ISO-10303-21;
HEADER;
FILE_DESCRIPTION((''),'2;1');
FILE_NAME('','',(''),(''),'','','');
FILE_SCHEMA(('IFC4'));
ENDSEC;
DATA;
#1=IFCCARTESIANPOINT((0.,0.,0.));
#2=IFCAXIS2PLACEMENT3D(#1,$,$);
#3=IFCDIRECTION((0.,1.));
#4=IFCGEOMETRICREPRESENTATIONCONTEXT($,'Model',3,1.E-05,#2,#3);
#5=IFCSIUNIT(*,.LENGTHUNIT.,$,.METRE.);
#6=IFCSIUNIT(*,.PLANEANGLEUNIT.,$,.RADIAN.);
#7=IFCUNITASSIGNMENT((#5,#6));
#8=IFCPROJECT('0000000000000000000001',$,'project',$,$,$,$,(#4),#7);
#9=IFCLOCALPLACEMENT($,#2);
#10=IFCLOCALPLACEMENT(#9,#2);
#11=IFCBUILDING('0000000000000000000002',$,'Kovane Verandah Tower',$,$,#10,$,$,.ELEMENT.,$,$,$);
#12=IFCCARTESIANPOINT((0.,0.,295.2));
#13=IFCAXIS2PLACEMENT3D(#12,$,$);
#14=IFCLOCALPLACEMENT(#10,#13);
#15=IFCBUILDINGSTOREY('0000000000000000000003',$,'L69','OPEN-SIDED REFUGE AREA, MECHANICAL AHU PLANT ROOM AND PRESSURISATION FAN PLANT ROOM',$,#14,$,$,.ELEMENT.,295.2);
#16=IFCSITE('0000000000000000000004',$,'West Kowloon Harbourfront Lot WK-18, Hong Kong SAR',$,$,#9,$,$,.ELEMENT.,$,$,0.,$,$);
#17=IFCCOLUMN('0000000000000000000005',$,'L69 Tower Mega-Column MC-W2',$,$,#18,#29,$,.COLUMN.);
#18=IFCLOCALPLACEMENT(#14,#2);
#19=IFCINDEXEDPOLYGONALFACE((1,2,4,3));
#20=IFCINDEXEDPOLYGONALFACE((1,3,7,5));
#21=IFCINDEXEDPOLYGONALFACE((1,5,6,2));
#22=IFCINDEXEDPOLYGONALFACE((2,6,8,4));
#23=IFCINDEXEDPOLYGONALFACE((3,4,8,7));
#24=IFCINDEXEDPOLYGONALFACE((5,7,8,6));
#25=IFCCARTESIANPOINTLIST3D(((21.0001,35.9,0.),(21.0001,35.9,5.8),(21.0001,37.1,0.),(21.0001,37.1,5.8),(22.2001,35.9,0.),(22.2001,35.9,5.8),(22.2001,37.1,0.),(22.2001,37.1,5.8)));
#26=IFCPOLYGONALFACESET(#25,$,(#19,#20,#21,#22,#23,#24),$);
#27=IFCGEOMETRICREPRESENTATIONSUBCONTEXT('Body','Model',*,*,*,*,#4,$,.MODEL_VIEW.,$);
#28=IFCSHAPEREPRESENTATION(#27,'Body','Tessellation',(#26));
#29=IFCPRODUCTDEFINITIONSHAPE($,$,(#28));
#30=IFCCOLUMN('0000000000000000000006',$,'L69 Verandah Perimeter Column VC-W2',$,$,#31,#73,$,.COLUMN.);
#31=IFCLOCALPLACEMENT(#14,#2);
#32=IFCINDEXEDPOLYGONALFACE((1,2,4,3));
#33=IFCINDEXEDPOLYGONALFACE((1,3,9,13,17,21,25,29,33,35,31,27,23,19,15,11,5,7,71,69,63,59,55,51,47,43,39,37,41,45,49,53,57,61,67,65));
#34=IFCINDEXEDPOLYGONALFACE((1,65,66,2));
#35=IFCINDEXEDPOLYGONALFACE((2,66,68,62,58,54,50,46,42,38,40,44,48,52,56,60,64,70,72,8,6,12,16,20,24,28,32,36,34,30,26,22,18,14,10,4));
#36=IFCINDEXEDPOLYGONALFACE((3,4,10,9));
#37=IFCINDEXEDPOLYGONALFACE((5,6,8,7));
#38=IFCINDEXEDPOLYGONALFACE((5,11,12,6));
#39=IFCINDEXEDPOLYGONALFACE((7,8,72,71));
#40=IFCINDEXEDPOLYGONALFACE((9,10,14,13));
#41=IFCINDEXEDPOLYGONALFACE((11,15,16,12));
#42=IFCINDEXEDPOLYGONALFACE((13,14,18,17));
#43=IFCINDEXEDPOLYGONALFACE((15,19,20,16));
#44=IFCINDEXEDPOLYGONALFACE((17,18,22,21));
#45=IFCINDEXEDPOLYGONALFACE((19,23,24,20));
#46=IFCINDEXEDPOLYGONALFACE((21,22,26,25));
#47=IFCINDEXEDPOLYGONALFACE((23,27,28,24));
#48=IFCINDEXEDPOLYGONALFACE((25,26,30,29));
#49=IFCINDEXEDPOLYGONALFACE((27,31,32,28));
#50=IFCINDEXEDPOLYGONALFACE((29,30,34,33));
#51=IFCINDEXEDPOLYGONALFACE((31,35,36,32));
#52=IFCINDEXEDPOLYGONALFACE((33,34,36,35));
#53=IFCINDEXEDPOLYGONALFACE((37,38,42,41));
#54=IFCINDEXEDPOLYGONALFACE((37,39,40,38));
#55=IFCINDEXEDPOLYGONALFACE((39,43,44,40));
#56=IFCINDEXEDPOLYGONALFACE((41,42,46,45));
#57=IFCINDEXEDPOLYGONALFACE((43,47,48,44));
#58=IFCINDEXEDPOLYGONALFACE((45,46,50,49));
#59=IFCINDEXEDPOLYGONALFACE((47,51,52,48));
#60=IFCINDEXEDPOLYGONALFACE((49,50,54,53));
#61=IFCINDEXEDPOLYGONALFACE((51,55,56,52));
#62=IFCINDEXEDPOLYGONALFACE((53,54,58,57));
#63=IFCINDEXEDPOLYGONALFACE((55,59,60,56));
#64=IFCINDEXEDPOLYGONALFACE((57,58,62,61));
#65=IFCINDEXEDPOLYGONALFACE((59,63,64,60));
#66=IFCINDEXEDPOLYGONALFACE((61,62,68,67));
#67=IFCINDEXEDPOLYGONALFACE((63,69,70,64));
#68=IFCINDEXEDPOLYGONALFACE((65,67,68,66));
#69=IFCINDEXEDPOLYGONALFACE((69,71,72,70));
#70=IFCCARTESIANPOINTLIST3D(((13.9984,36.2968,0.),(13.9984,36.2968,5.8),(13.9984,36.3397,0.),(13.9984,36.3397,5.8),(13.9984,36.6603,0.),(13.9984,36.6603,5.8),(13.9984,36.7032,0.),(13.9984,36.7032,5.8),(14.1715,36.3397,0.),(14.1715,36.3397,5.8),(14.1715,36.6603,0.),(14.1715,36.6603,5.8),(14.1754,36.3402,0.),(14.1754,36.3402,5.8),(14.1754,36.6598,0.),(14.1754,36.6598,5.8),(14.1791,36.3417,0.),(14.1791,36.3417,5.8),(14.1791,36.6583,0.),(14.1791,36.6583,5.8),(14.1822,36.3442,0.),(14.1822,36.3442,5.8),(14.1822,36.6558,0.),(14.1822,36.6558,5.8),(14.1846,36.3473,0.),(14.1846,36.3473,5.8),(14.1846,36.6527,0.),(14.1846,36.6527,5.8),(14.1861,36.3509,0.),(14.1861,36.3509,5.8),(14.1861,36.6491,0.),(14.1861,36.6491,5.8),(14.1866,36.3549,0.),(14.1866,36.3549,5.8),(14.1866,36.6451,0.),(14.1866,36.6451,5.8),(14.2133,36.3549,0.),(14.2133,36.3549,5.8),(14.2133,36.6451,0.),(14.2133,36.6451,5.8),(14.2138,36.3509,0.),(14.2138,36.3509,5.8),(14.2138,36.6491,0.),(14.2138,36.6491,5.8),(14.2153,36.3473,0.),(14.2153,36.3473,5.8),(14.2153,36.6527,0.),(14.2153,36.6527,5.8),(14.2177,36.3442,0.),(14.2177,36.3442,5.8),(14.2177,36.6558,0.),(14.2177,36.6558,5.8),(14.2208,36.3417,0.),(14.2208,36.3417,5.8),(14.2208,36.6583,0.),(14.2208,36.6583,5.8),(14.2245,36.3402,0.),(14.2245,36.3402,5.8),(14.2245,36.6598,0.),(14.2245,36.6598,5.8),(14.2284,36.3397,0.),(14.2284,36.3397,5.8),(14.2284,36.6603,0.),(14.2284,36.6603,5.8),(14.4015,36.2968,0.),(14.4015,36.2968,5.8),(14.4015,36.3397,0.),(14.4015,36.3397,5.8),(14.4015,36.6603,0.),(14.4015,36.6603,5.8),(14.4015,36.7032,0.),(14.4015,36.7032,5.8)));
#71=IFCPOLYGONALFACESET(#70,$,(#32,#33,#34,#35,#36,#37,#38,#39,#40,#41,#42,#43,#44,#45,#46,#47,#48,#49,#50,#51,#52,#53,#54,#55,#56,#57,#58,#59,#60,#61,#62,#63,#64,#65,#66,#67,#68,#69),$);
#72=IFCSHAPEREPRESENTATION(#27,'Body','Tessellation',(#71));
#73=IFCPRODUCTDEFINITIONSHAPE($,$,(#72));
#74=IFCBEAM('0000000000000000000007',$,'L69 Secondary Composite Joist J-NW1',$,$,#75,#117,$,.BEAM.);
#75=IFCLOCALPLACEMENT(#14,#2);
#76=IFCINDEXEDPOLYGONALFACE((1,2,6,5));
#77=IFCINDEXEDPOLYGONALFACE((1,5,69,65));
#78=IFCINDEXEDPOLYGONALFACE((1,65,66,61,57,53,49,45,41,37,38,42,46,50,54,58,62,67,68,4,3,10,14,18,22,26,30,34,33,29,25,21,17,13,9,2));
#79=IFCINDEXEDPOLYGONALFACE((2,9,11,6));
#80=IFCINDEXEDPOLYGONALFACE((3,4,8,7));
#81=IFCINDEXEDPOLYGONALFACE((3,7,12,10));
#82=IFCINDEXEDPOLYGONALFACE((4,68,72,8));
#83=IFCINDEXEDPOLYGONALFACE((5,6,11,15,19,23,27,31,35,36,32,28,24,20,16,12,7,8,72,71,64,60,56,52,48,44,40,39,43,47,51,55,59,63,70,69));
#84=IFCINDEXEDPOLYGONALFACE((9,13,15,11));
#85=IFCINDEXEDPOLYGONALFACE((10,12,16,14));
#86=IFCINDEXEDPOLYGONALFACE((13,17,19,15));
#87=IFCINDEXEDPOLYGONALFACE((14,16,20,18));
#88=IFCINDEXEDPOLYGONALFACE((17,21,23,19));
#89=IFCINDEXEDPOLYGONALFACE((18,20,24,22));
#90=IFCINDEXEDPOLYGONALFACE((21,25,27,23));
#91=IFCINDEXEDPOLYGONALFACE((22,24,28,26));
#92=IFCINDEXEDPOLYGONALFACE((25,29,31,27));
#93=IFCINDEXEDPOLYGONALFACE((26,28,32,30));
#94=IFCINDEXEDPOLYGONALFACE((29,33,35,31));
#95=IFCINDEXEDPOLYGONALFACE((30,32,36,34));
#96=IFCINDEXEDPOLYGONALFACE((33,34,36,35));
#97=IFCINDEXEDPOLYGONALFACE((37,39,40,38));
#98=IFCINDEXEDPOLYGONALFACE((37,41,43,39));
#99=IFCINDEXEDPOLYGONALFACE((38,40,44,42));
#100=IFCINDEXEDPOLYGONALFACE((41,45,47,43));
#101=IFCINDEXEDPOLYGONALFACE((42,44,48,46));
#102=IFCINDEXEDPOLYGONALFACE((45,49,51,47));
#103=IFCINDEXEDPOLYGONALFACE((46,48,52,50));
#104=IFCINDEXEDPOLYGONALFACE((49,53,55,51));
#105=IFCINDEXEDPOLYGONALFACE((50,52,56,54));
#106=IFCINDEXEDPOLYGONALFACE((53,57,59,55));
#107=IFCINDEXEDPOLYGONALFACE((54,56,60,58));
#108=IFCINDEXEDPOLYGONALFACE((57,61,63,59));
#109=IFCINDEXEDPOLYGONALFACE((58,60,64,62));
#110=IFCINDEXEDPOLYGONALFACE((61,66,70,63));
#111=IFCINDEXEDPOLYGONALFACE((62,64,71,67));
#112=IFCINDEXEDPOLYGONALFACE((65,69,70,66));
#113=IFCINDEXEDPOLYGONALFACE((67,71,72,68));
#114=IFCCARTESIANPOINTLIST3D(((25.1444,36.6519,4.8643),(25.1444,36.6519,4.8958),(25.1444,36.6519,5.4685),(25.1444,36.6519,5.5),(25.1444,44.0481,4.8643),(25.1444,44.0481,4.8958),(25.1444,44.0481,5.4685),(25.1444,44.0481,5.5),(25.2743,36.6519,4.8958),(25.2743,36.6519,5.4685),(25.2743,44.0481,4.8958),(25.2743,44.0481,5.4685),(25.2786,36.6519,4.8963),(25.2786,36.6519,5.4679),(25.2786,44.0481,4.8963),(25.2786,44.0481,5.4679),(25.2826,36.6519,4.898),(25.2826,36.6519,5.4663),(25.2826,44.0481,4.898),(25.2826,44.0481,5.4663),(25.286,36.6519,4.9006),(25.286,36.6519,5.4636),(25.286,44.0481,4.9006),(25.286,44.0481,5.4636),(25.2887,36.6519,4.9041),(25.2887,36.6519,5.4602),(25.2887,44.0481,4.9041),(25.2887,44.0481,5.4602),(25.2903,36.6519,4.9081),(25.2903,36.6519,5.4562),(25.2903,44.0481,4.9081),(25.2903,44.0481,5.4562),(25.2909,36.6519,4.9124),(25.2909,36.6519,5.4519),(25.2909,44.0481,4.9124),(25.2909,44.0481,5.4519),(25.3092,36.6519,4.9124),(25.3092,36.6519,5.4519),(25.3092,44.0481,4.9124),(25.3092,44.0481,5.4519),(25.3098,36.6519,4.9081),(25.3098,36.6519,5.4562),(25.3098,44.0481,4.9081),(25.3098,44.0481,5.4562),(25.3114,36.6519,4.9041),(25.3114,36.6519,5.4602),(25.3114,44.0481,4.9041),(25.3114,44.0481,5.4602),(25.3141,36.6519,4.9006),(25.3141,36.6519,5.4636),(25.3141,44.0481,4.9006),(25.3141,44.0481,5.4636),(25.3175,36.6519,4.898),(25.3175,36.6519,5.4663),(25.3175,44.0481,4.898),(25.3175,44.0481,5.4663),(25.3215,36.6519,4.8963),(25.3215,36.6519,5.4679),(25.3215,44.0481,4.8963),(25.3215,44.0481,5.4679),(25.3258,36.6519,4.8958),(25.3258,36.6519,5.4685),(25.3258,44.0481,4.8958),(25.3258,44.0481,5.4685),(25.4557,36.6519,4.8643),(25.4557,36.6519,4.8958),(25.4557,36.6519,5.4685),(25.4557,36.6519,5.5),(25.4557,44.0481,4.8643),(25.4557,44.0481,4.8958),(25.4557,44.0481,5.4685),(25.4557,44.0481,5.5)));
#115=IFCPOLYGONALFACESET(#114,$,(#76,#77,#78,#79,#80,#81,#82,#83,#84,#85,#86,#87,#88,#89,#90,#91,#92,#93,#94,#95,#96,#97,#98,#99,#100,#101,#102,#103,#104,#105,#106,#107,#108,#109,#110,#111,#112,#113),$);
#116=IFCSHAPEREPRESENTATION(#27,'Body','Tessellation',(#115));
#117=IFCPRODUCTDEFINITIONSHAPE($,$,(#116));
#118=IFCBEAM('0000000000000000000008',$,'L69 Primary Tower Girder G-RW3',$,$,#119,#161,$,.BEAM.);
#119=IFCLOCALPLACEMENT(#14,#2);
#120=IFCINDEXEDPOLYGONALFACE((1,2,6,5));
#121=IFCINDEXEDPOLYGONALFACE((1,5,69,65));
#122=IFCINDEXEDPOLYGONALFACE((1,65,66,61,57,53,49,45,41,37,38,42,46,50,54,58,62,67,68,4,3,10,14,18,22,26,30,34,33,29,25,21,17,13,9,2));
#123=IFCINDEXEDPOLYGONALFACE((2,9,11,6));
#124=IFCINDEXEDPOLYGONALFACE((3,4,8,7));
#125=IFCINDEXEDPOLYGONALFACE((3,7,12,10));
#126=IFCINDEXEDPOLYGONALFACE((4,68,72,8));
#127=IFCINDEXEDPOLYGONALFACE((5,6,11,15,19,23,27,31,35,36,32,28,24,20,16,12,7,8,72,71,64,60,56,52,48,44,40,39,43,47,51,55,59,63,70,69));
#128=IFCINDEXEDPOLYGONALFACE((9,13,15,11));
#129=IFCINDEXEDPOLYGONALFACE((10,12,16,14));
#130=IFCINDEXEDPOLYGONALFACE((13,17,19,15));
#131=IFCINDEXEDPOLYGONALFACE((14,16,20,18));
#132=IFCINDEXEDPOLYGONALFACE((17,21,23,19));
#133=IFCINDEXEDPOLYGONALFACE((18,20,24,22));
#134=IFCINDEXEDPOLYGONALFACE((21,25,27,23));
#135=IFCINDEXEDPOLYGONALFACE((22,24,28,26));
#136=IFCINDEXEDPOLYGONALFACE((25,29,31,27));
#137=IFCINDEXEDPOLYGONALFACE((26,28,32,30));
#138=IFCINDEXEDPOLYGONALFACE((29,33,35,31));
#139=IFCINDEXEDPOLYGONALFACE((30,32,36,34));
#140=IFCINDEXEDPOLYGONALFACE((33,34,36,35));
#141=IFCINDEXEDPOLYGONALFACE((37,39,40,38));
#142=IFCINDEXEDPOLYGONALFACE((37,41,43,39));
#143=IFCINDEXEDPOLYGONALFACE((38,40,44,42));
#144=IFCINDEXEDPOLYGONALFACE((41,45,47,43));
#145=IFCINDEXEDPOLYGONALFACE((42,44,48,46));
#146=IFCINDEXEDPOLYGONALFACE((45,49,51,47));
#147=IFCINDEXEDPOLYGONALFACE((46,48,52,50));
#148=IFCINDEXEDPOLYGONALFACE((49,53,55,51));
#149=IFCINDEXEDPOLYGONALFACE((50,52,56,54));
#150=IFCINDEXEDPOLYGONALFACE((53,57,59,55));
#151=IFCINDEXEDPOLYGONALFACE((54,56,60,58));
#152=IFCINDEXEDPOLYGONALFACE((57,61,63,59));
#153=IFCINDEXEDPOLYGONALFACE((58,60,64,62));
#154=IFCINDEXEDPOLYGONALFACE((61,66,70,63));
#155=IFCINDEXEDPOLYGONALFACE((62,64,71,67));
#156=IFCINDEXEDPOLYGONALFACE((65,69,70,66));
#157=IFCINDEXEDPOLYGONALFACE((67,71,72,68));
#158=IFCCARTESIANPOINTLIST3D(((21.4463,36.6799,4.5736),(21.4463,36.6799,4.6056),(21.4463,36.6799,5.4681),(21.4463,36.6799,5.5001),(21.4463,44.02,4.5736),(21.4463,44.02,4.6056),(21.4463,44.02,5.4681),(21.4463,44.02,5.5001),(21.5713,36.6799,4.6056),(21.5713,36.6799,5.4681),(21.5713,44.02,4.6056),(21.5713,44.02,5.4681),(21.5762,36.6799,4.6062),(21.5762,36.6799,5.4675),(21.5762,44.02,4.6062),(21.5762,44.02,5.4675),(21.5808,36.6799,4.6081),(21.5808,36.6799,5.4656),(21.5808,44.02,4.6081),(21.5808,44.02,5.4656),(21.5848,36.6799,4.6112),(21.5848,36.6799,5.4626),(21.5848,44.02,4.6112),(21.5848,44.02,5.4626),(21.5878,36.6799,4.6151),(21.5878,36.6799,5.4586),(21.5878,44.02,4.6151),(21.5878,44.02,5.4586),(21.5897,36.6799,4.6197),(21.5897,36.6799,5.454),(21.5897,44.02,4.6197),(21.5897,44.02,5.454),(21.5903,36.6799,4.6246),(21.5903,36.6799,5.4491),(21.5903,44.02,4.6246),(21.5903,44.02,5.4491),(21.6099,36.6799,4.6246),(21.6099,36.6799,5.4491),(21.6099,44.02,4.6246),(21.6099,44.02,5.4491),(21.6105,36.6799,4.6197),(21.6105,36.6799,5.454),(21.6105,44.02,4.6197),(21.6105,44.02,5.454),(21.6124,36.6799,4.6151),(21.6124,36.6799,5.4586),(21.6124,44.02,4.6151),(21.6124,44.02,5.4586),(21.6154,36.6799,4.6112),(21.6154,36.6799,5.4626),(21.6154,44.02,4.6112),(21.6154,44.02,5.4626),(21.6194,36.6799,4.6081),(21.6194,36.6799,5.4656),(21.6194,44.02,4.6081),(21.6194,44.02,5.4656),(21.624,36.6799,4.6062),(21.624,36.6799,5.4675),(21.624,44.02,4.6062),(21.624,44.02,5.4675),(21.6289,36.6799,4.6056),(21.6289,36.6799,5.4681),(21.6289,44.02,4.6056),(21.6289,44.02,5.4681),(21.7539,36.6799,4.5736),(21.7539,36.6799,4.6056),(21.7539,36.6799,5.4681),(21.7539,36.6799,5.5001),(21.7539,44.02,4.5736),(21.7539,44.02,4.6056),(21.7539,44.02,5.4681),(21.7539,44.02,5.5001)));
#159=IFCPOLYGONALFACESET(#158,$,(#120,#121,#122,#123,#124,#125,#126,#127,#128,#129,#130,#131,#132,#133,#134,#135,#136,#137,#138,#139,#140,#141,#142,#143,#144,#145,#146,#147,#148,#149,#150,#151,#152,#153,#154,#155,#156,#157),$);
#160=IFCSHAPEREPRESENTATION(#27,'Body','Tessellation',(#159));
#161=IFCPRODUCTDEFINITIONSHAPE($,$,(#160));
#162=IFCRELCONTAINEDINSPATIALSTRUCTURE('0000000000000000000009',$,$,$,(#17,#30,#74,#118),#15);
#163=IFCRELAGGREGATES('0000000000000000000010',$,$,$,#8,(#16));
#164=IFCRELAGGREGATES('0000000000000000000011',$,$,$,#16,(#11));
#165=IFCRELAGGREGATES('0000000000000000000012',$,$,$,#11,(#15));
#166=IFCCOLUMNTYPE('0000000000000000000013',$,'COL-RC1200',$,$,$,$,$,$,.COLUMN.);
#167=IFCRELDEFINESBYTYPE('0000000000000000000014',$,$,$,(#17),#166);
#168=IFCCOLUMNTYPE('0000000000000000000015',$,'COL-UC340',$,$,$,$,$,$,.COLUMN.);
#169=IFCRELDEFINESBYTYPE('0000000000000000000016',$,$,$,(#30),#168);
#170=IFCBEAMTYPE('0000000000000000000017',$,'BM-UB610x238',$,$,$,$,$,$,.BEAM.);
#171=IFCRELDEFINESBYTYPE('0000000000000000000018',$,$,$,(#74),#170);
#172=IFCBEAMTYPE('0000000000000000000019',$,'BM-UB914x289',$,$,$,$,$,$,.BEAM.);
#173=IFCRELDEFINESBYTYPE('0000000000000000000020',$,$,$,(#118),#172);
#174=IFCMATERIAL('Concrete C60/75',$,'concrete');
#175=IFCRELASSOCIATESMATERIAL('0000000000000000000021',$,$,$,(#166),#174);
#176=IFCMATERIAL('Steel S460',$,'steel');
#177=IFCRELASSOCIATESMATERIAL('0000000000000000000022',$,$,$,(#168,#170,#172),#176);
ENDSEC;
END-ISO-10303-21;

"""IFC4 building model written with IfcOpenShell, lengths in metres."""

from ifc_helpers import new_model, si_unit, direction, frame, origin, origin_2d, place, context, subcontext, project, spatial, rectangle, i_section, extrude, material, material_profile, profile_set, type_object, element, save


model = new_model("IFC4")

# Units and contexts
model_context = context("Model", 3, precision=1e-05, world=origin(), true_north=direction((0.0, 1.0)))
body_context = subcontext(model_context, "Body", "Model", "MODEL_VIEW")
ifc_project = project(units=[si_unit("LENGTHUNIT", "METRE"), si_unit("PLANEANGLEUNIT", "RADIAN")], contexts=[model_context])

# Site, building, storey
site_placement = place(None, origin())
site = spatial("IfcSite", under=ifc_project, at=site_placement, Name="West Kowloon Harbourfront Lot WK-18, Hong Kong SAR", CompositionType="ELEMENT", RefElevation=0.0)
building_placement = place(site_placement, origin())
building = spatial("IfcBuilding", under=site, at=building_placement, Name="Kovane Verandah Tower", CompositionType="ELEMENT")
storey_placement = place(building_placement, frame((0.0, 0.0, 295.2)))
storey = spatial("IfcBuildingStorey", under=building, at=storey_placement, Name="L69", Description="OPEN-SIDED REFUGE AREA, MECHANICAL AHU PLANT ROOM AND PRESSURISATION FAN PLANT ROOM", CompositionType="ELEMENT", Elevation=295.2)

# Columns
ifc_material_1 = material(Name="Concrete C60/75", Category="concrete")
ifc_material_profile_1 = material_profile(ifc_material_1, rectangle(XDim=1.2, YDim=1.2, at=origin_2d()), Name="RC1200x1200")
ifc_profile_set_1 = profile_set([ifc_material_profile_1], Name="Concrete C60/75")
column_type_1 = type_object("IfcColumnType", Name="COL-RC1200", PredefinedType="COLUMN", material=ifc_profile_set_1)
column_1_placement = place(storey_placement, frame((21.6001, 36.5, 0.0), z_axis=(0.0, 0.0, 1.0), x_axis=(1.0, 0.0, 0.0)))
element("IfcColumn", 1, at=column_1_placement, inside=storey, type_object=column_type_1, Name="L69 Tower Mega-Column MC-W2", PredefinedType="COLUMN", context=body_context, shape_type="SweptSolid", body=[
    extrude(rectangle(XDim=1.2, YDim=1.2, at=origin_2d()), origin(), (0.0, 0.0, 1.0), 5.8),
])
ifc_material_2 = material(Name="Steel S460", Category="steel")
ifc_material_profile_2 = material_profile(ifc_material_2, i_section(OverallWidth=0.4031, OverallDepth=0.4065, WebThickness=0.0266, FlangeThickness=0.043, FilletRadius=0.0151, at=origin_2d()), Name="UC356x406x340")
ifc_profile_set_2 = profile_set([ifc_material_profile_2], Name="Steel S460")
column_type_2 = type_object("IfcColumnType", Name="COL-UC340", PredefinedType="COLUMN", material=ifc_profile_set_2)
column_2_placement = place(storey_placement, frame((14.2, 36.5, 0.0), z_axis=(0.0, 0.0, 1.0), x_axis=(1.0, 0.0, 0.0)))
element("IfcColumn", 2, at=column_2_placement, inside=storey, type_object=column_type_2, Name="L69 Verandah Perimeter Column VC-W2", PredefinedType="COLUMN", context=body_context, shape_type="SweptSolid", body=[
    extrude(i_section(OverallWidth=0.4031, OverallDepth=0.4065, WebThickness=0.0266, FlangeThickness=0.043, FilletRadius=0.0151, at=origin_2d()), origin(), (0.0, 0.0, 1.0), 5.8),
])

# Beams
ifc_material_profile_3 = material_profile(ifc_material_2, i_section(OverallWidth=0.3113, OverallDepth=0.6357, WebThickness=0.0183, FlangeThickness=0.0315, FilletRadius=0.0166, at=origin_2d()), Name="UB610x305x238")
ifc_profile_set_3 = profile_set([ifc_material_profile_3], Name="Steel S460")
beam_type_1 = type_object("IfcBeamType", Name="BM-UB610x238", PredefinedType="BEAM", material=ifc_profile_set_3)
beam_1_placement = place(storey_placement, frame((25.3, 36.6519, 5.1821), z_axis=(0.0, 1.0, 0.0), x_axis=(-1.0, 0.0, 0.0)))
element("IfcBeam", 3, at=beam_1_placement, inside=storey, type_object=beam_type_1, Name="L69 Secondary Composite Joist J-NW1", PredefinedType="BEAM", context=body_context, shape_type="SweptSolid", body=[
    extrude(i_section(OverallWidth=0.3113, OverallDepth=0.6357, WebThickness=0.0183, FlangeThickness=0.0315, FilletRadius=0.0166, at=origin_2d()), origin(), (0.0, 0.0, 1.0), 7.3962),
])
ifc_material_profile_4 = material_profile(ifc_material_2, i_section(OverallWidth=0.3076, OverallDepth=0.9265, WebThickness=0.0195, FlangeThickness=0.032, FilletRadius=0.019, at=origin_2d()), Name="UB914x305x289")
ifc_profile_set_4 = profile_set([ifc_material_profile_4], Name="Steel S460")
beam_type_2 = type_object("IfcBeamType", Name="BM-UB914x289", PredefinedType="BEAM", material=ifc_profile_set_4)
beam_2_placement = place(storey_placement, frame((21.6001, 36.6799, 5.0369), z_axis=(0.0, 1.0, 0.0), x_axis=(-1.0, 0.0, 0.0)))
element("IfcBeam", 4, at=beam_2_placement, inside=storey, type_object=beam_type_2, Name="L69 Primary Tower Girder G-RW3", PredefinedType="BEAM", context=body_context, shape_type="SweptSolid", body=[
    extrude(i_section(OverallWidth=0.3076, OverallDepth=0.9265, WebThickness=0.0195, FlangeThickness=0.032, FilletRadius=0.019, at=origin_2d()), origin(), (0.0, 0.0, 1.0), 7.3401),
])

save(model, "model.ifc")
